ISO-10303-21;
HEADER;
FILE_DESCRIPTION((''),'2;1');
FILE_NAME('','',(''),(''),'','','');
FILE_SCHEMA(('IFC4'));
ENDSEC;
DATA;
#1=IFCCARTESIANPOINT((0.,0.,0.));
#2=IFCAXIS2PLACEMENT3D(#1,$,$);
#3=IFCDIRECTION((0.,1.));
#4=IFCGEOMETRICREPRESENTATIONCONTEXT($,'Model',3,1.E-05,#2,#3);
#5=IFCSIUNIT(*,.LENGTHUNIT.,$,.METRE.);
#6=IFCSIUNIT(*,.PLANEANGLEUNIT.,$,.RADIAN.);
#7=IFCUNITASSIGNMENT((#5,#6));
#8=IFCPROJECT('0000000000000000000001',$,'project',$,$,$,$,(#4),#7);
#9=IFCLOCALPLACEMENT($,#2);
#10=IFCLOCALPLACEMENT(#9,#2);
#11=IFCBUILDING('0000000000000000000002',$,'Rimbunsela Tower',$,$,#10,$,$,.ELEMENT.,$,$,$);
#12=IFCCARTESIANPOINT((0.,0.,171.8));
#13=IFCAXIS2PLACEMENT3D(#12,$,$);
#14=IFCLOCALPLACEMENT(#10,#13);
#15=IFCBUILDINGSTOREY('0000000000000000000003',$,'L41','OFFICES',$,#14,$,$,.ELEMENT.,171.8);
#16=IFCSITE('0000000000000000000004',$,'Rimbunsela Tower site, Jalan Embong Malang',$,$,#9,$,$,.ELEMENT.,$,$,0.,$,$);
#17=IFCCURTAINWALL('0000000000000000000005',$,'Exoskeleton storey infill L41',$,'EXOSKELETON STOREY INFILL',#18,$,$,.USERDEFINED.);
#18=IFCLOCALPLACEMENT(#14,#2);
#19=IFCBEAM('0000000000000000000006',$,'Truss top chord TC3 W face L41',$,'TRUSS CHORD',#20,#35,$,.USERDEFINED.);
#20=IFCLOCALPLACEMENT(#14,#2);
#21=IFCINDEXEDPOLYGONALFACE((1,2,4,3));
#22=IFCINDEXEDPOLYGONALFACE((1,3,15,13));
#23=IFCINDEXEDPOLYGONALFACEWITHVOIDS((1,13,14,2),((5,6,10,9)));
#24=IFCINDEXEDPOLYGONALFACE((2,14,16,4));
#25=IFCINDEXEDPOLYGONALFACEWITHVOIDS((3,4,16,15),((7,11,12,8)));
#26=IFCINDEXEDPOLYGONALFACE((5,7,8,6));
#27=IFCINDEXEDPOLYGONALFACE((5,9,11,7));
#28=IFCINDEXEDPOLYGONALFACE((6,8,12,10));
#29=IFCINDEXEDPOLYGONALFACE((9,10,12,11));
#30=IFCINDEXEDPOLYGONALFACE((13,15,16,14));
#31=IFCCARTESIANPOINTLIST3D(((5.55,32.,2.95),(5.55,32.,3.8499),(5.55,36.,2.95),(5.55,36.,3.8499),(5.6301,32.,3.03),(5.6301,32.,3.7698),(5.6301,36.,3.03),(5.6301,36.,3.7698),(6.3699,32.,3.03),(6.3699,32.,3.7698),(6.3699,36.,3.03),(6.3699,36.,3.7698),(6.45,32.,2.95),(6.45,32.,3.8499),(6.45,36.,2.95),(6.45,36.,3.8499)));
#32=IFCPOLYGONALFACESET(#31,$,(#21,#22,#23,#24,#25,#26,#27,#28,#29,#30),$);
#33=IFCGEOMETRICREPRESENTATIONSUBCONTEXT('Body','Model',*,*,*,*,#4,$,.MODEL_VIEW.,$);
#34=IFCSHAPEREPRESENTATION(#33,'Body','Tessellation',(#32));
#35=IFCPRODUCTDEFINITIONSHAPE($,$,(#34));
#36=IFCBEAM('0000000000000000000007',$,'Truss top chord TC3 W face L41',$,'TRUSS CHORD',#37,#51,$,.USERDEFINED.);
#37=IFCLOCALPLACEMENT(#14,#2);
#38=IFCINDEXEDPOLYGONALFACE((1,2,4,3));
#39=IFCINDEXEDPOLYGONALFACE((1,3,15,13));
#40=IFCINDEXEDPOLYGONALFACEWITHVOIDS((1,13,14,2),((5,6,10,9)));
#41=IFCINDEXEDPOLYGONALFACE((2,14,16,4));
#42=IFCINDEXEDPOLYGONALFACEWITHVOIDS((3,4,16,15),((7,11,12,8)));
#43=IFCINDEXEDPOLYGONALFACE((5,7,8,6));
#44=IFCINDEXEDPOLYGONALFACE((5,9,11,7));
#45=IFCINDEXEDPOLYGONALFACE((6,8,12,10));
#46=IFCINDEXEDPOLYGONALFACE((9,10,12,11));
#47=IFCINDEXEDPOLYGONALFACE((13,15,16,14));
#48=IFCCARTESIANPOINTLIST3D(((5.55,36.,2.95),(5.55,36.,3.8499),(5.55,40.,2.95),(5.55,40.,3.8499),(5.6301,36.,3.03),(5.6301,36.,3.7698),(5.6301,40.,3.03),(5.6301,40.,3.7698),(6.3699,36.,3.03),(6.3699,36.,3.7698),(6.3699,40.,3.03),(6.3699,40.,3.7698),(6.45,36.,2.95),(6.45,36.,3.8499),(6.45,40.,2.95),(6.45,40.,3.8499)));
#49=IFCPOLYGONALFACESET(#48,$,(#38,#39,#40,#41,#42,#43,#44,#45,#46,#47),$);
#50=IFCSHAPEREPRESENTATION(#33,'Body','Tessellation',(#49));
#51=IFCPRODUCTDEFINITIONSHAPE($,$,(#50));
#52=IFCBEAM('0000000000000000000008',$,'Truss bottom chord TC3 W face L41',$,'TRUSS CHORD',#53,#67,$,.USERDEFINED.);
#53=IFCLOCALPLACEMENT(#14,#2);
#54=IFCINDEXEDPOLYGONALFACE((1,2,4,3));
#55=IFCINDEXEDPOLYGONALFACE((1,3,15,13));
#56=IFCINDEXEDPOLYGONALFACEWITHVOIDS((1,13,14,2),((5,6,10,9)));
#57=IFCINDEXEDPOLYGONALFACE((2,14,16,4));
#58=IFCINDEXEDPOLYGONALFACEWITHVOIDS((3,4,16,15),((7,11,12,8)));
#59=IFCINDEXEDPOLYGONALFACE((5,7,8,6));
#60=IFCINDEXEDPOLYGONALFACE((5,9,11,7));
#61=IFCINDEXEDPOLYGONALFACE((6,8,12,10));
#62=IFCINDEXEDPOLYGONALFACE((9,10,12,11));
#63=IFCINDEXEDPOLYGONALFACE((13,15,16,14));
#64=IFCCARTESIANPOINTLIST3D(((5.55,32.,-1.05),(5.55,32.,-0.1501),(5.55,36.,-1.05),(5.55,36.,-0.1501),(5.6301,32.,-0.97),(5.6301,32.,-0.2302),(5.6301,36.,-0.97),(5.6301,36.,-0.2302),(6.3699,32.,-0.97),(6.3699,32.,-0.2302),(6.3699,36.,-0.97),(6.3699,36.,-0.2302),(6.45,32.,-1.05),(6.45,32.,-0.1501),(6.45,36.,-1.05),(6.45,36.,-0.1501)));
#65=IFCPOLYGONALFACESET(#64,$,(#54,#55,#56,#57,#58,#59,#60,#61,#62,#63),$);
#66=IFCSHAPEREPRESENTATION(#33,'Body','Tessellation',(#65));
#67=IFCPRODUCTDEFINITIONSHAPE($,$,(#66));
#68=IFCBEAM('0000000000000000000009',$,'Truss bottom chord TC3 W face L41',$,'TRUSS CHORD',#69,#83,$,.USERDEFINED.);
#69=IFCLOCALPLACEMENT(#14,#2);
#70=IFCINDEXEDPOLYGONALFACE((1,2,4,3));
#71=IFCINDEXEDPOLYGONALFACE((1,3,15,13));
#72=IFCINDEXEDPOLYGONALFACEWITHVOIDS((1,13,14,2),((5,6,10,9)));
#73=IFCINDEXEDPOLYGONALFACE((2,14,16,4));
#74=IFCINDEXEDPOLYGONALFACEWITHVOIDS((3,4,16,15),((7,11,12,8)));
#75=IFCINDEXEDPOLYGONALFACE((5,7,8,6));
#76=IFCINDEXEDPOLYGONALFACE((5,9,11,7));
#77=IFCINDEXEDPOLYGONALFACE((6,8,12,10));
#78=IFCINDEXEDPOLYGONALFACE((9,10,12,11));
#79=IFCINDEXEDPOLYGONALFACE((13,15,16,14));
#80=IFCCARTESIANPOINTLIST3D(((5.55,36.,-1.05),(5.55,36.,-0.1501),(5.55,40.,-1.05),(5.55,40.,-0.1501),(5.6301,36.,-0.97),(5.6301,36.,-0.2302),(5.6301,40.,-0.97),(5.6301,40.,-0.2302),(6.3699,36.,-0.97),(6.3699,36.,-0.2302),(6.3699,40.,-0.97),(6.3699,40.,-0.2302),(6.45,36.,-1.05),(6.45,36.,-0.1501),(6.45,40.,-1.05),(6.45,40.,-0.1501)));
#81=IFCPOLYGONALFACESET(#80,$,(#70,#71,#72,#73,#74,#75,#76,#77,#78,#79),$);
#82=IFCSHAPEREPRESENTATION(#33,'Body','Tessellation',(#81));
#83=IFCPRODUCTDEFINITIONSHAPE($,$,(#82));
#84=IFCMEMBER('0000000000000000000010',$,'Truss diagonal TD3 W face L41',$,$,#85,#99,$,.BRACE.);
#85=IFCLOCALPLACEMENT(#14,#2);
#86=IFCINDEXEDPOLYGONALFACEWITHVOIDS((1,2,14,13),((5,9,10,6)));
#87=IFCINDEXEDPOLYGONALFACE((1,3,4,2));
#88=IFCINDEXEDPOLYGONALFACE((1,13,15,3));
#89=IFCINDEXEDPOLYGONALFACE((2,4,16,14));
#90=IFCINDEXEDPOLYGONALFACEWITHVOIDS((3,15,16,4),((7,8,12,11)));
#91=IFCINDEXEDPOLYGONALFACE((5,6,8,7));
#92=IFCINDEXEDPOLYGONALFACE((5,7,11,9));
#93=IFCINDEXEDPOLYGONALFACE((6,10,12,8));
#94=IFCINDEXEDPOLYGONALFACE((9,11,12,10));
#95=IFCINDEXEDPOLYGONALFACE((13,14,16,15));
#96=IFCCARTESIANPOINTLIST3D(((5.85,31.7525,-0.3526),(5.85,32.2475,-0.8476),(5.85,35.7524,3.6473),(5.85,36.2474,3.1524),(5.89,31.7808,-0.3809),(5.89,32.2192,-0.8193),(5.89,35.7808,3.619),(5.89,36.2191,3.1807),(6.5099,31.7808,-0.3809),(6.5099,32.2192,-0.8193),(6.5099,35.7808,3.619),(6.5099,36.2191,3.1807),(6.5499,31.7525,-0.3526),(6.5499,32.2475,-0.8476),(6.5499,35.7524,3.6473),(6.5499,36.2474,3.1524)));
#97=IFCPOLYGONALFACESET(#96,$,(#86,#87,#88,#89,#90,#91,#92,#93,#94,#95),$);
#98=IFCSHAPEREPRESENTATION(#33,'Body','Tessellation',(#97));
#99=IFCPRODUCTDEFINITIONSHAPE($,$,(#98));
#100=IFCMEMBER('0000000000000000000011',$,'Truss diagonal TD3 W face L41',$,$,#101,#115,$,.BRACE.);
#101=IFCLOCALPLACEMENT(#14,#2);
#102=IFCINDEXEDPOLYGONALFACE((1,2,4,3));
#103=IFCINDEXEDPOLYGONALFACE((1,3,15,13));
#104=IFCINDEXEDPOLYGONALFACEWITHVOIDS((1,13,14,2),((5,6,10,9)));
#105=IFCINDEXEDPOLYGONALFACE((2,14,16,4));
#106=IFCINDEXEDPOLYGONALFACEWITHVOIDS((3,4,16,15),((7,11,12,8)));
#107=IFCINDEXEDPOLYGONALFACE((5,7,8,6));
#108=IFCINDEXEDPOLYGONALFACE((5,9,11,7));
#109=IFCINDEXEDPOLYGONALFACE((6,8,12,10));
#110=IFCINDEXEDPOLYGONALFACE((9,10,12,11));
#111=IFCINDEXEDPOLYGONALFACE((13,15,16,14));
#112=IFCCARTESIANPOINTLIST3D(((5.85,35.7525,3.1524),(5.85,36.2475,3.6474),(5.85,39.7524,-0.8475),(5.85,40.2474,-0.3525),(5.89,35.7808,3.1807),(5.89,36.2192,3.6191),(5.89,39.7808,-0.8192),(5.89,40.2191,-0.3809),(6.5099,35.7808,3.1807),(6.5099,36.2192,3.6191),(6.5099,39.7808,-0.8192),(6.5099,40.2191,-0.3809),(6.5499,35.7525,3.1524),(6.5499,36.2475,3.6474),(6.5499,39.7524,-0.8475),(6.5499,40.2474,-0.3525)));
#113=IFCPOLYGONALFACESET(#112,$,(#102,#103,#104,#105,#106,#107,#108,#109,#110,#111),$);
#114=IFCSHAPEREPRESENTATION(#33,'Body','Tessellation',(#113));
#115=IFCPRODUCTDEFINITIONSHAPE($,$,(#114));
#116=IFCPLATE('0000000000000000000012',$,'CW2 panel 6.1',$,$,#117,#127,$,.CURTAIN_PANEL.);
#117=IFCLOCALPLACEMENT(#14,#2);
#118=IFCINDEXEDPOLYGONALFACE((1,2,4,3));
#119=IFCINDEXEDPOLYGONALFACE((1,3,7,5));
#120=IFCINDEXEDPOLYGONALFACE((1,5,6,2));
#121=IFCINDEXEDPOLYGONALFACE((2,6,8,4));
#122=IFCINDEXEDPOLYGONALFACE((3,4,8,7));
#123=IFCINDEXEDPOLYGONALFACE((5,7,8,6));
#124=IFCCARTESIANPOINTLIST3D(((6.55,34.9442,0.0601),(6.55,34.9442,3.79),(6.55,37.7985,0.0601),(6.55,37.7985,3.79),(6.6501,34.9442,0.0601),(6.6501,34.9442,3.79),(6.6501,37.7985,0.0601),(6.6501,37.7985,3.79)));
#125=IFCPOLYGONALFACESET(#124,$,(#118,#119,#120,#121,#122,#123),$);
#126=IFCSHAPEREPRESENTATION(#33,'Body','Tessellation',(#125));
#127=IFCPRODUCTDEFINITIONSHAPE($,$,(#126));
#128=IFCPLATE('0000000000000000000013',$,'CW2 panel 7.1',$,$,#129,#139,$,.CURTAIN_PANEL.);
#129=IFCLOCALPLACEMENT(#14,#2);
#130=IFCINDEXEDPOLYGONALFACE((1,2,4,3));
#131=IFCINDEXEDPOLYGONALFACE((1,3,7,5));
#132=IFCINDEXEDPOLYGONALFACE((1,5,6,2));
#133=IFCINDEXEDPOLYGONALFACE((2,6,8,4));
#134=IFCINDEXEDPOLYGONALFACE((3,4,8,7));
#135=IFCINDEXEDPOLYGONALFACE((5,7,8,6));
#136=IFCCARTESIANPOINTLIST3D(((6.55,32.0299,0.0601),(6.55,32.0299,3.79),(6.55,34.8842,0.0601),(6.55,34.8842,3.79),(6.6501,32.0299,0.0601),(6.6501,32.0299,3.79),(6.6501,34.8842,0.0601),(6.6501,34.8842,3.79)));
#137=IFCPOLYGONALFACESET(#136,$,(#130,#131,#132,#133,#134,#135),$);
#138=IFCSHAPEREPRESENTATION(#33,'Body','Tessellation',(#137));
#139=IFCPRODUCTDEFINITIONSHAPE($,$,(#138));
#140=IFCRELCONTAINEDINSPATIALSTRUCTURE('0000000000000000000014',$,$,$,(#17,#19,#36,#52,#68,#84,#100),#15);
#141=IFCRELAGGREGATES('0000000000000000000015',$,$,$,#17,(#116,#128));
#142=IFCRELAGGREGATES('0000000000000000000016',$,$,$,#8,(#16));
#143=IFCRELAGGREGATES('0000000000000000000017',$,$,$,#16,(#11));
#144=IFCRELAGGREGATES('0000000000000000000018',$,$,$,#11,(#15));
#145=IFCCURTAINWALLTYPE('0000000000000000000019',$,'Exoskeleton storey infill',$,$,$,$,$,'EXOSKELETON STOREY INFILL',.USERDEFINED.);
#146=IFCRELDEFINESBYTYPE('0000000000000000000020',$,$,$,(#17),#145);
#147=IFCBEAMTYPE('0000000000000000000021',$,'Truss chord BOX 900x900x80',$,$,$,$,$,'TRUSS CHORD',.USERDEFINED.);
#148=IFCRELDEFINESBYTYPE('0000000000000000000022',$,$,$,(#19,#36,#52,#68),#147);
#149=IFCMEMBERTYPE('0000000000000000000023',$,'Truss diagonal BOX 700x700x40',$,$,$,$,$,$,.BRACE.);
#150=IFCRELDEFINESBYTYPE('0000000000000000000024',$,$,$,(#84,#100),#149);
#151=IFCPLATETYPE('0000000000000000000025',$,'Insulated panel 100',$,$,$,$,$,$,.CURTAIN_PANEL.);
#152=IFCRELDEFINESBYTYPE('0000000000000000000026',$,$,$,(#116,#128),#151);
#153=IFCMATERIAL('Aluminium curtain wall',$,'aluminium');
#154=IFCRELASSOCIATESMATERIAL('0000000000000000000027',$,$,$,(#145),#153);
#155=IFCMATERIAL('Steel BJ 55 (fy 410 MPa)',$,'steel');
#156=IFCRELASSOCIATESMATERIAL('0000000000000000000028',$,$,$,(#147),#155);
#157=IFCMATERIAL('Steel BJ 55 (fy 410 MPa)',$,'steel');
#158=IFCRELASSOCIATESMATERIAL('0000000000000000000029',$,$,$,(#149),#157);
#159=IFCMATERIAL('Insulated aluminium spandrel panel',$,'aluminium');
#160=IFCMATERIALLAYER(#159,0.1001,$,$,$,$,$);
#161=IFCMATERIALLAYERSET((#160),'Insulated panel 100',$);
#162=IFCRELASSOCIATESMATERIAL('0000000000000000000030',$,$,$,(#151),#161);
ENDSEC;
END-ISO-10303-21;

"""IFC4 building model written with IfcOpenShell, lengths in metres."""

from ifc_helpers import new_model, si_unit, direction, frame, origin, origin_2d, place, context, subcontext, project, spatial, rectangle, hollow_rectangle, extrude, material, layer, layer_set, material_profile, profile_set, type_object, element, aggregate, save


model = new_model("IFC4")

# Units and contexts
model_context = context("Model", 3, precision=1e-05, world=origin(), true_north=direction((0.0, 1.0)))
body_context = subcontext(model_context, "Body", "Model", "MODEL_VIEW")
ifc_project = project(units=[si_unit("LENGTHUNIT", "METRE"), si_unit("PLANEANGLEUNIT", "RADIAN")], contexts=[model_context])

# Site, building, storey
site_placement = place(None, origin())
site = spatial("IfcSite", under=ifc_project, at=site_placement, Name="Rimbunsela Tower site, Jalan Embong Malang", CompositionType="ELEMENT", RefElevation=0.0)
building_placement = place(site_placement, origin())
building = spatial("IfcBuilding", under=site, at=building_placement, Name="Rimbunsela Tower", CompositionType="ELEMENT")
storey_placement = place(building_placement, frame((0.0, 0.0, 171.8)))
storey = spatial("IfcBuildingStorey", under=building, at=storey_placement, Name="L41", Description="OFFICES", CompositionType="ELEMENT", Elevation=171.8)

# Curtain wall
ifc_material_1 = material(Name="Aluminium curtain wall", Category="aluminium")
curtain_wall_type = type_object("IfcCurtainWallType", Name="Exoskeleton storey infill", ElementType="EXOSKELETON STOREY INFILL", PredefinedType="USERDEFINED", material=ifc_material_1)
curtain_wall_placement = place(storey_placement, origin())
curtain_wall = element("IfcCurtainWall", 1, at=curtain_wall_placement, inside=storey, type_object=curtain_wall_type, Name="Exoskeleton storey infill L41", ObjectType="EXOSKELETON STOREY INFILL", PredefinedType="USERDEFINED")

# Beams
ifc_material_2 = material(Name="Steel BJ 55 (fy 410 MPa)", Category="steel")
ifc_material_profile_1 = material_profile(ifc_material_2, hollow_rectangle(XDim=0.8999, YDim=0.8999, WallThickness=0.0801, at=origin_2d()), Name="BOX 900x900x80")
ifc_profile_set_1 = profile_set([ifc_material_profile_1], Name="Steel BJ 55 (fy 410 MPa)")
beam_type_1 = type_object("IfcBeamType", Name="Truss chord BOX 900x900x80", ElementType="TRUSS CHORD", PredefinedType="USERDEFINED", material=ifc_profile_set_1)
for number, where, z_axis, x_axis, name in (
    (2, (6.0, 32.0, 3.3999), (0.0, 1.0, 0.0), (-1.0, 0.0, 0.0), "Truss top chord TC3 W face L41"),
    (3, (6.0, 36.0, 3.3999), (0.0, 1.0, 0.0), (-1.0, 0.0, 0.0), "Truss top chord TC3 W face L41"),
    (4, (6.0, 32.0, -0.6001), (0.0, 1.0, 0.0), (-1.0, 0.0, 0.0), "Truss bottom chord TC3 W face L41"),
    (5, (6.0, 36.0, -0.6001), (0.0, 1.0, 0.0), (-1.0, 0.0, 0.0), "Truss bottom chord TC3 W face L41"),
):
    element("IfcBeam", number, at=place(storey_placement, frame(where, z_axis=z_axis, x_axis=x_axis)), inside=storey, type_object=beam_type_1, Name=name, ObjectType="TRUSS CHORD", PredefinedType="USERDEFINED", context=body_context, shape_type="SweptSolid", body=[
        extrude(hollow_rectangle(XDim=0.8999, YDim=0.8999, WallThickness=0.0801, at=origin_2d()), origin(), (0.0, 0.0, 1.0), 4.0),
    ])

# Members
ifc_material_3 = material(Name="Steel BJ 55 (fy 410 MPa)", Category="steel")
ifc_material_profile_2 = material_profile(ifc_material_3, hollow_rectangle(XDim=0.7, YDim=0.7, WallThickness=0.04, at=origin_2d()), Name="BOX 700x700x40")
ifc_profile_set_2 = profile_set([ifc_material_profile_2], Name="Steel BJ 55 (fy 410 MPa)")
member_type_1 = type_object("IfcMemberType", Name="Truss diagonal BOX 700x700x40", PredefinedType="BRACE", material=ifc_profile_set_2)
for number, where, z_axis, x_axis, name in (
    (6, (6.2, 32.0, -0.6001), (0.0, 0.707107, 0.707107), (-1.0, 0.0, 0.0), "Truss diagonal TD3 W face L41"),
    (7, (6.2, 36.0, 3.3999), (0.0, 0.707107, -0.707107), (-1.0, 0.0, 0.0), "Truss diagonal TD3 W face L41"),
):
    element("IfcMember", number, at=place(storey_placement, frame(where, z_axis=z_axis, x_axis=x_axis)), inside=storey, type_object=member_type_1, Name=name, PredefinedType="BRACE", context=body_context, shape_type="SweptSolid", body=[
        extrude(hollow_rectangle(XDim=0.7, YDim=0.7, WallThickness=0.04, at=origin_2d()), origin(), (0.0, 0.0, 1.0), 5.6567),
    ])

# Plates
ifc_material_4 = material(Name="Insulated aluminium spandrel panel", Category="aluminium")
ifc_layer = layer(ifc_material_4, 0.1001)
ifc_layer_set = layer_set([ifc_layer], Name="Insulated panel 100")
plate_type = type_object("IfcPlateType", Name="Insulated panel 100", PredefinedType="CURTAIN_PANEL", material=ifc_layer_set)
plate_1_placement = place(storey_placement, frame((6.6001, 36.3713, 0.0601), z_axis=(0.0, 0.0, 1.0), x_axis=(0.0, -1.0, 0.0)))
plate_1 = element("IfcPlate", 8, at=plate_1_placement, type_object=plate_type, Name="CW2 panel 6.1", PredefinedType="CURTAIN_PANEL", context=body_context, shape_type="SweptSolid", body=[
    extrude(rectangle(XDim=2.8542, YDim=0.1001, at=origin_2d()), origin(), (0.0, 0.0, 1.0), 3.73),
])
plate_2_placement = place(storey_placement, frame((6.6001, 33.457, 0.0601), z_axis=(0.0, 0.0, 1.0), x_axis=(0.0, -1.0, 0.0)))
plate_2 = element("IfcPlate", 9, at=plate_2_placement, type_object=plate_type, Name="CW2 panel 7.1", PredefinedType="CURTAIN_PANEL", context=body_context, shape_type="SweptSolid", body=[
    extrude(rectangle(XDim=2.8542, YDim=0.1001, at=origin_2d()), origin(), (0.0, 0.0, 1.0), 3.73),
])
aggregate(curtain_wall, [plate_1, plate_2])

save(model, "model.ifc")
